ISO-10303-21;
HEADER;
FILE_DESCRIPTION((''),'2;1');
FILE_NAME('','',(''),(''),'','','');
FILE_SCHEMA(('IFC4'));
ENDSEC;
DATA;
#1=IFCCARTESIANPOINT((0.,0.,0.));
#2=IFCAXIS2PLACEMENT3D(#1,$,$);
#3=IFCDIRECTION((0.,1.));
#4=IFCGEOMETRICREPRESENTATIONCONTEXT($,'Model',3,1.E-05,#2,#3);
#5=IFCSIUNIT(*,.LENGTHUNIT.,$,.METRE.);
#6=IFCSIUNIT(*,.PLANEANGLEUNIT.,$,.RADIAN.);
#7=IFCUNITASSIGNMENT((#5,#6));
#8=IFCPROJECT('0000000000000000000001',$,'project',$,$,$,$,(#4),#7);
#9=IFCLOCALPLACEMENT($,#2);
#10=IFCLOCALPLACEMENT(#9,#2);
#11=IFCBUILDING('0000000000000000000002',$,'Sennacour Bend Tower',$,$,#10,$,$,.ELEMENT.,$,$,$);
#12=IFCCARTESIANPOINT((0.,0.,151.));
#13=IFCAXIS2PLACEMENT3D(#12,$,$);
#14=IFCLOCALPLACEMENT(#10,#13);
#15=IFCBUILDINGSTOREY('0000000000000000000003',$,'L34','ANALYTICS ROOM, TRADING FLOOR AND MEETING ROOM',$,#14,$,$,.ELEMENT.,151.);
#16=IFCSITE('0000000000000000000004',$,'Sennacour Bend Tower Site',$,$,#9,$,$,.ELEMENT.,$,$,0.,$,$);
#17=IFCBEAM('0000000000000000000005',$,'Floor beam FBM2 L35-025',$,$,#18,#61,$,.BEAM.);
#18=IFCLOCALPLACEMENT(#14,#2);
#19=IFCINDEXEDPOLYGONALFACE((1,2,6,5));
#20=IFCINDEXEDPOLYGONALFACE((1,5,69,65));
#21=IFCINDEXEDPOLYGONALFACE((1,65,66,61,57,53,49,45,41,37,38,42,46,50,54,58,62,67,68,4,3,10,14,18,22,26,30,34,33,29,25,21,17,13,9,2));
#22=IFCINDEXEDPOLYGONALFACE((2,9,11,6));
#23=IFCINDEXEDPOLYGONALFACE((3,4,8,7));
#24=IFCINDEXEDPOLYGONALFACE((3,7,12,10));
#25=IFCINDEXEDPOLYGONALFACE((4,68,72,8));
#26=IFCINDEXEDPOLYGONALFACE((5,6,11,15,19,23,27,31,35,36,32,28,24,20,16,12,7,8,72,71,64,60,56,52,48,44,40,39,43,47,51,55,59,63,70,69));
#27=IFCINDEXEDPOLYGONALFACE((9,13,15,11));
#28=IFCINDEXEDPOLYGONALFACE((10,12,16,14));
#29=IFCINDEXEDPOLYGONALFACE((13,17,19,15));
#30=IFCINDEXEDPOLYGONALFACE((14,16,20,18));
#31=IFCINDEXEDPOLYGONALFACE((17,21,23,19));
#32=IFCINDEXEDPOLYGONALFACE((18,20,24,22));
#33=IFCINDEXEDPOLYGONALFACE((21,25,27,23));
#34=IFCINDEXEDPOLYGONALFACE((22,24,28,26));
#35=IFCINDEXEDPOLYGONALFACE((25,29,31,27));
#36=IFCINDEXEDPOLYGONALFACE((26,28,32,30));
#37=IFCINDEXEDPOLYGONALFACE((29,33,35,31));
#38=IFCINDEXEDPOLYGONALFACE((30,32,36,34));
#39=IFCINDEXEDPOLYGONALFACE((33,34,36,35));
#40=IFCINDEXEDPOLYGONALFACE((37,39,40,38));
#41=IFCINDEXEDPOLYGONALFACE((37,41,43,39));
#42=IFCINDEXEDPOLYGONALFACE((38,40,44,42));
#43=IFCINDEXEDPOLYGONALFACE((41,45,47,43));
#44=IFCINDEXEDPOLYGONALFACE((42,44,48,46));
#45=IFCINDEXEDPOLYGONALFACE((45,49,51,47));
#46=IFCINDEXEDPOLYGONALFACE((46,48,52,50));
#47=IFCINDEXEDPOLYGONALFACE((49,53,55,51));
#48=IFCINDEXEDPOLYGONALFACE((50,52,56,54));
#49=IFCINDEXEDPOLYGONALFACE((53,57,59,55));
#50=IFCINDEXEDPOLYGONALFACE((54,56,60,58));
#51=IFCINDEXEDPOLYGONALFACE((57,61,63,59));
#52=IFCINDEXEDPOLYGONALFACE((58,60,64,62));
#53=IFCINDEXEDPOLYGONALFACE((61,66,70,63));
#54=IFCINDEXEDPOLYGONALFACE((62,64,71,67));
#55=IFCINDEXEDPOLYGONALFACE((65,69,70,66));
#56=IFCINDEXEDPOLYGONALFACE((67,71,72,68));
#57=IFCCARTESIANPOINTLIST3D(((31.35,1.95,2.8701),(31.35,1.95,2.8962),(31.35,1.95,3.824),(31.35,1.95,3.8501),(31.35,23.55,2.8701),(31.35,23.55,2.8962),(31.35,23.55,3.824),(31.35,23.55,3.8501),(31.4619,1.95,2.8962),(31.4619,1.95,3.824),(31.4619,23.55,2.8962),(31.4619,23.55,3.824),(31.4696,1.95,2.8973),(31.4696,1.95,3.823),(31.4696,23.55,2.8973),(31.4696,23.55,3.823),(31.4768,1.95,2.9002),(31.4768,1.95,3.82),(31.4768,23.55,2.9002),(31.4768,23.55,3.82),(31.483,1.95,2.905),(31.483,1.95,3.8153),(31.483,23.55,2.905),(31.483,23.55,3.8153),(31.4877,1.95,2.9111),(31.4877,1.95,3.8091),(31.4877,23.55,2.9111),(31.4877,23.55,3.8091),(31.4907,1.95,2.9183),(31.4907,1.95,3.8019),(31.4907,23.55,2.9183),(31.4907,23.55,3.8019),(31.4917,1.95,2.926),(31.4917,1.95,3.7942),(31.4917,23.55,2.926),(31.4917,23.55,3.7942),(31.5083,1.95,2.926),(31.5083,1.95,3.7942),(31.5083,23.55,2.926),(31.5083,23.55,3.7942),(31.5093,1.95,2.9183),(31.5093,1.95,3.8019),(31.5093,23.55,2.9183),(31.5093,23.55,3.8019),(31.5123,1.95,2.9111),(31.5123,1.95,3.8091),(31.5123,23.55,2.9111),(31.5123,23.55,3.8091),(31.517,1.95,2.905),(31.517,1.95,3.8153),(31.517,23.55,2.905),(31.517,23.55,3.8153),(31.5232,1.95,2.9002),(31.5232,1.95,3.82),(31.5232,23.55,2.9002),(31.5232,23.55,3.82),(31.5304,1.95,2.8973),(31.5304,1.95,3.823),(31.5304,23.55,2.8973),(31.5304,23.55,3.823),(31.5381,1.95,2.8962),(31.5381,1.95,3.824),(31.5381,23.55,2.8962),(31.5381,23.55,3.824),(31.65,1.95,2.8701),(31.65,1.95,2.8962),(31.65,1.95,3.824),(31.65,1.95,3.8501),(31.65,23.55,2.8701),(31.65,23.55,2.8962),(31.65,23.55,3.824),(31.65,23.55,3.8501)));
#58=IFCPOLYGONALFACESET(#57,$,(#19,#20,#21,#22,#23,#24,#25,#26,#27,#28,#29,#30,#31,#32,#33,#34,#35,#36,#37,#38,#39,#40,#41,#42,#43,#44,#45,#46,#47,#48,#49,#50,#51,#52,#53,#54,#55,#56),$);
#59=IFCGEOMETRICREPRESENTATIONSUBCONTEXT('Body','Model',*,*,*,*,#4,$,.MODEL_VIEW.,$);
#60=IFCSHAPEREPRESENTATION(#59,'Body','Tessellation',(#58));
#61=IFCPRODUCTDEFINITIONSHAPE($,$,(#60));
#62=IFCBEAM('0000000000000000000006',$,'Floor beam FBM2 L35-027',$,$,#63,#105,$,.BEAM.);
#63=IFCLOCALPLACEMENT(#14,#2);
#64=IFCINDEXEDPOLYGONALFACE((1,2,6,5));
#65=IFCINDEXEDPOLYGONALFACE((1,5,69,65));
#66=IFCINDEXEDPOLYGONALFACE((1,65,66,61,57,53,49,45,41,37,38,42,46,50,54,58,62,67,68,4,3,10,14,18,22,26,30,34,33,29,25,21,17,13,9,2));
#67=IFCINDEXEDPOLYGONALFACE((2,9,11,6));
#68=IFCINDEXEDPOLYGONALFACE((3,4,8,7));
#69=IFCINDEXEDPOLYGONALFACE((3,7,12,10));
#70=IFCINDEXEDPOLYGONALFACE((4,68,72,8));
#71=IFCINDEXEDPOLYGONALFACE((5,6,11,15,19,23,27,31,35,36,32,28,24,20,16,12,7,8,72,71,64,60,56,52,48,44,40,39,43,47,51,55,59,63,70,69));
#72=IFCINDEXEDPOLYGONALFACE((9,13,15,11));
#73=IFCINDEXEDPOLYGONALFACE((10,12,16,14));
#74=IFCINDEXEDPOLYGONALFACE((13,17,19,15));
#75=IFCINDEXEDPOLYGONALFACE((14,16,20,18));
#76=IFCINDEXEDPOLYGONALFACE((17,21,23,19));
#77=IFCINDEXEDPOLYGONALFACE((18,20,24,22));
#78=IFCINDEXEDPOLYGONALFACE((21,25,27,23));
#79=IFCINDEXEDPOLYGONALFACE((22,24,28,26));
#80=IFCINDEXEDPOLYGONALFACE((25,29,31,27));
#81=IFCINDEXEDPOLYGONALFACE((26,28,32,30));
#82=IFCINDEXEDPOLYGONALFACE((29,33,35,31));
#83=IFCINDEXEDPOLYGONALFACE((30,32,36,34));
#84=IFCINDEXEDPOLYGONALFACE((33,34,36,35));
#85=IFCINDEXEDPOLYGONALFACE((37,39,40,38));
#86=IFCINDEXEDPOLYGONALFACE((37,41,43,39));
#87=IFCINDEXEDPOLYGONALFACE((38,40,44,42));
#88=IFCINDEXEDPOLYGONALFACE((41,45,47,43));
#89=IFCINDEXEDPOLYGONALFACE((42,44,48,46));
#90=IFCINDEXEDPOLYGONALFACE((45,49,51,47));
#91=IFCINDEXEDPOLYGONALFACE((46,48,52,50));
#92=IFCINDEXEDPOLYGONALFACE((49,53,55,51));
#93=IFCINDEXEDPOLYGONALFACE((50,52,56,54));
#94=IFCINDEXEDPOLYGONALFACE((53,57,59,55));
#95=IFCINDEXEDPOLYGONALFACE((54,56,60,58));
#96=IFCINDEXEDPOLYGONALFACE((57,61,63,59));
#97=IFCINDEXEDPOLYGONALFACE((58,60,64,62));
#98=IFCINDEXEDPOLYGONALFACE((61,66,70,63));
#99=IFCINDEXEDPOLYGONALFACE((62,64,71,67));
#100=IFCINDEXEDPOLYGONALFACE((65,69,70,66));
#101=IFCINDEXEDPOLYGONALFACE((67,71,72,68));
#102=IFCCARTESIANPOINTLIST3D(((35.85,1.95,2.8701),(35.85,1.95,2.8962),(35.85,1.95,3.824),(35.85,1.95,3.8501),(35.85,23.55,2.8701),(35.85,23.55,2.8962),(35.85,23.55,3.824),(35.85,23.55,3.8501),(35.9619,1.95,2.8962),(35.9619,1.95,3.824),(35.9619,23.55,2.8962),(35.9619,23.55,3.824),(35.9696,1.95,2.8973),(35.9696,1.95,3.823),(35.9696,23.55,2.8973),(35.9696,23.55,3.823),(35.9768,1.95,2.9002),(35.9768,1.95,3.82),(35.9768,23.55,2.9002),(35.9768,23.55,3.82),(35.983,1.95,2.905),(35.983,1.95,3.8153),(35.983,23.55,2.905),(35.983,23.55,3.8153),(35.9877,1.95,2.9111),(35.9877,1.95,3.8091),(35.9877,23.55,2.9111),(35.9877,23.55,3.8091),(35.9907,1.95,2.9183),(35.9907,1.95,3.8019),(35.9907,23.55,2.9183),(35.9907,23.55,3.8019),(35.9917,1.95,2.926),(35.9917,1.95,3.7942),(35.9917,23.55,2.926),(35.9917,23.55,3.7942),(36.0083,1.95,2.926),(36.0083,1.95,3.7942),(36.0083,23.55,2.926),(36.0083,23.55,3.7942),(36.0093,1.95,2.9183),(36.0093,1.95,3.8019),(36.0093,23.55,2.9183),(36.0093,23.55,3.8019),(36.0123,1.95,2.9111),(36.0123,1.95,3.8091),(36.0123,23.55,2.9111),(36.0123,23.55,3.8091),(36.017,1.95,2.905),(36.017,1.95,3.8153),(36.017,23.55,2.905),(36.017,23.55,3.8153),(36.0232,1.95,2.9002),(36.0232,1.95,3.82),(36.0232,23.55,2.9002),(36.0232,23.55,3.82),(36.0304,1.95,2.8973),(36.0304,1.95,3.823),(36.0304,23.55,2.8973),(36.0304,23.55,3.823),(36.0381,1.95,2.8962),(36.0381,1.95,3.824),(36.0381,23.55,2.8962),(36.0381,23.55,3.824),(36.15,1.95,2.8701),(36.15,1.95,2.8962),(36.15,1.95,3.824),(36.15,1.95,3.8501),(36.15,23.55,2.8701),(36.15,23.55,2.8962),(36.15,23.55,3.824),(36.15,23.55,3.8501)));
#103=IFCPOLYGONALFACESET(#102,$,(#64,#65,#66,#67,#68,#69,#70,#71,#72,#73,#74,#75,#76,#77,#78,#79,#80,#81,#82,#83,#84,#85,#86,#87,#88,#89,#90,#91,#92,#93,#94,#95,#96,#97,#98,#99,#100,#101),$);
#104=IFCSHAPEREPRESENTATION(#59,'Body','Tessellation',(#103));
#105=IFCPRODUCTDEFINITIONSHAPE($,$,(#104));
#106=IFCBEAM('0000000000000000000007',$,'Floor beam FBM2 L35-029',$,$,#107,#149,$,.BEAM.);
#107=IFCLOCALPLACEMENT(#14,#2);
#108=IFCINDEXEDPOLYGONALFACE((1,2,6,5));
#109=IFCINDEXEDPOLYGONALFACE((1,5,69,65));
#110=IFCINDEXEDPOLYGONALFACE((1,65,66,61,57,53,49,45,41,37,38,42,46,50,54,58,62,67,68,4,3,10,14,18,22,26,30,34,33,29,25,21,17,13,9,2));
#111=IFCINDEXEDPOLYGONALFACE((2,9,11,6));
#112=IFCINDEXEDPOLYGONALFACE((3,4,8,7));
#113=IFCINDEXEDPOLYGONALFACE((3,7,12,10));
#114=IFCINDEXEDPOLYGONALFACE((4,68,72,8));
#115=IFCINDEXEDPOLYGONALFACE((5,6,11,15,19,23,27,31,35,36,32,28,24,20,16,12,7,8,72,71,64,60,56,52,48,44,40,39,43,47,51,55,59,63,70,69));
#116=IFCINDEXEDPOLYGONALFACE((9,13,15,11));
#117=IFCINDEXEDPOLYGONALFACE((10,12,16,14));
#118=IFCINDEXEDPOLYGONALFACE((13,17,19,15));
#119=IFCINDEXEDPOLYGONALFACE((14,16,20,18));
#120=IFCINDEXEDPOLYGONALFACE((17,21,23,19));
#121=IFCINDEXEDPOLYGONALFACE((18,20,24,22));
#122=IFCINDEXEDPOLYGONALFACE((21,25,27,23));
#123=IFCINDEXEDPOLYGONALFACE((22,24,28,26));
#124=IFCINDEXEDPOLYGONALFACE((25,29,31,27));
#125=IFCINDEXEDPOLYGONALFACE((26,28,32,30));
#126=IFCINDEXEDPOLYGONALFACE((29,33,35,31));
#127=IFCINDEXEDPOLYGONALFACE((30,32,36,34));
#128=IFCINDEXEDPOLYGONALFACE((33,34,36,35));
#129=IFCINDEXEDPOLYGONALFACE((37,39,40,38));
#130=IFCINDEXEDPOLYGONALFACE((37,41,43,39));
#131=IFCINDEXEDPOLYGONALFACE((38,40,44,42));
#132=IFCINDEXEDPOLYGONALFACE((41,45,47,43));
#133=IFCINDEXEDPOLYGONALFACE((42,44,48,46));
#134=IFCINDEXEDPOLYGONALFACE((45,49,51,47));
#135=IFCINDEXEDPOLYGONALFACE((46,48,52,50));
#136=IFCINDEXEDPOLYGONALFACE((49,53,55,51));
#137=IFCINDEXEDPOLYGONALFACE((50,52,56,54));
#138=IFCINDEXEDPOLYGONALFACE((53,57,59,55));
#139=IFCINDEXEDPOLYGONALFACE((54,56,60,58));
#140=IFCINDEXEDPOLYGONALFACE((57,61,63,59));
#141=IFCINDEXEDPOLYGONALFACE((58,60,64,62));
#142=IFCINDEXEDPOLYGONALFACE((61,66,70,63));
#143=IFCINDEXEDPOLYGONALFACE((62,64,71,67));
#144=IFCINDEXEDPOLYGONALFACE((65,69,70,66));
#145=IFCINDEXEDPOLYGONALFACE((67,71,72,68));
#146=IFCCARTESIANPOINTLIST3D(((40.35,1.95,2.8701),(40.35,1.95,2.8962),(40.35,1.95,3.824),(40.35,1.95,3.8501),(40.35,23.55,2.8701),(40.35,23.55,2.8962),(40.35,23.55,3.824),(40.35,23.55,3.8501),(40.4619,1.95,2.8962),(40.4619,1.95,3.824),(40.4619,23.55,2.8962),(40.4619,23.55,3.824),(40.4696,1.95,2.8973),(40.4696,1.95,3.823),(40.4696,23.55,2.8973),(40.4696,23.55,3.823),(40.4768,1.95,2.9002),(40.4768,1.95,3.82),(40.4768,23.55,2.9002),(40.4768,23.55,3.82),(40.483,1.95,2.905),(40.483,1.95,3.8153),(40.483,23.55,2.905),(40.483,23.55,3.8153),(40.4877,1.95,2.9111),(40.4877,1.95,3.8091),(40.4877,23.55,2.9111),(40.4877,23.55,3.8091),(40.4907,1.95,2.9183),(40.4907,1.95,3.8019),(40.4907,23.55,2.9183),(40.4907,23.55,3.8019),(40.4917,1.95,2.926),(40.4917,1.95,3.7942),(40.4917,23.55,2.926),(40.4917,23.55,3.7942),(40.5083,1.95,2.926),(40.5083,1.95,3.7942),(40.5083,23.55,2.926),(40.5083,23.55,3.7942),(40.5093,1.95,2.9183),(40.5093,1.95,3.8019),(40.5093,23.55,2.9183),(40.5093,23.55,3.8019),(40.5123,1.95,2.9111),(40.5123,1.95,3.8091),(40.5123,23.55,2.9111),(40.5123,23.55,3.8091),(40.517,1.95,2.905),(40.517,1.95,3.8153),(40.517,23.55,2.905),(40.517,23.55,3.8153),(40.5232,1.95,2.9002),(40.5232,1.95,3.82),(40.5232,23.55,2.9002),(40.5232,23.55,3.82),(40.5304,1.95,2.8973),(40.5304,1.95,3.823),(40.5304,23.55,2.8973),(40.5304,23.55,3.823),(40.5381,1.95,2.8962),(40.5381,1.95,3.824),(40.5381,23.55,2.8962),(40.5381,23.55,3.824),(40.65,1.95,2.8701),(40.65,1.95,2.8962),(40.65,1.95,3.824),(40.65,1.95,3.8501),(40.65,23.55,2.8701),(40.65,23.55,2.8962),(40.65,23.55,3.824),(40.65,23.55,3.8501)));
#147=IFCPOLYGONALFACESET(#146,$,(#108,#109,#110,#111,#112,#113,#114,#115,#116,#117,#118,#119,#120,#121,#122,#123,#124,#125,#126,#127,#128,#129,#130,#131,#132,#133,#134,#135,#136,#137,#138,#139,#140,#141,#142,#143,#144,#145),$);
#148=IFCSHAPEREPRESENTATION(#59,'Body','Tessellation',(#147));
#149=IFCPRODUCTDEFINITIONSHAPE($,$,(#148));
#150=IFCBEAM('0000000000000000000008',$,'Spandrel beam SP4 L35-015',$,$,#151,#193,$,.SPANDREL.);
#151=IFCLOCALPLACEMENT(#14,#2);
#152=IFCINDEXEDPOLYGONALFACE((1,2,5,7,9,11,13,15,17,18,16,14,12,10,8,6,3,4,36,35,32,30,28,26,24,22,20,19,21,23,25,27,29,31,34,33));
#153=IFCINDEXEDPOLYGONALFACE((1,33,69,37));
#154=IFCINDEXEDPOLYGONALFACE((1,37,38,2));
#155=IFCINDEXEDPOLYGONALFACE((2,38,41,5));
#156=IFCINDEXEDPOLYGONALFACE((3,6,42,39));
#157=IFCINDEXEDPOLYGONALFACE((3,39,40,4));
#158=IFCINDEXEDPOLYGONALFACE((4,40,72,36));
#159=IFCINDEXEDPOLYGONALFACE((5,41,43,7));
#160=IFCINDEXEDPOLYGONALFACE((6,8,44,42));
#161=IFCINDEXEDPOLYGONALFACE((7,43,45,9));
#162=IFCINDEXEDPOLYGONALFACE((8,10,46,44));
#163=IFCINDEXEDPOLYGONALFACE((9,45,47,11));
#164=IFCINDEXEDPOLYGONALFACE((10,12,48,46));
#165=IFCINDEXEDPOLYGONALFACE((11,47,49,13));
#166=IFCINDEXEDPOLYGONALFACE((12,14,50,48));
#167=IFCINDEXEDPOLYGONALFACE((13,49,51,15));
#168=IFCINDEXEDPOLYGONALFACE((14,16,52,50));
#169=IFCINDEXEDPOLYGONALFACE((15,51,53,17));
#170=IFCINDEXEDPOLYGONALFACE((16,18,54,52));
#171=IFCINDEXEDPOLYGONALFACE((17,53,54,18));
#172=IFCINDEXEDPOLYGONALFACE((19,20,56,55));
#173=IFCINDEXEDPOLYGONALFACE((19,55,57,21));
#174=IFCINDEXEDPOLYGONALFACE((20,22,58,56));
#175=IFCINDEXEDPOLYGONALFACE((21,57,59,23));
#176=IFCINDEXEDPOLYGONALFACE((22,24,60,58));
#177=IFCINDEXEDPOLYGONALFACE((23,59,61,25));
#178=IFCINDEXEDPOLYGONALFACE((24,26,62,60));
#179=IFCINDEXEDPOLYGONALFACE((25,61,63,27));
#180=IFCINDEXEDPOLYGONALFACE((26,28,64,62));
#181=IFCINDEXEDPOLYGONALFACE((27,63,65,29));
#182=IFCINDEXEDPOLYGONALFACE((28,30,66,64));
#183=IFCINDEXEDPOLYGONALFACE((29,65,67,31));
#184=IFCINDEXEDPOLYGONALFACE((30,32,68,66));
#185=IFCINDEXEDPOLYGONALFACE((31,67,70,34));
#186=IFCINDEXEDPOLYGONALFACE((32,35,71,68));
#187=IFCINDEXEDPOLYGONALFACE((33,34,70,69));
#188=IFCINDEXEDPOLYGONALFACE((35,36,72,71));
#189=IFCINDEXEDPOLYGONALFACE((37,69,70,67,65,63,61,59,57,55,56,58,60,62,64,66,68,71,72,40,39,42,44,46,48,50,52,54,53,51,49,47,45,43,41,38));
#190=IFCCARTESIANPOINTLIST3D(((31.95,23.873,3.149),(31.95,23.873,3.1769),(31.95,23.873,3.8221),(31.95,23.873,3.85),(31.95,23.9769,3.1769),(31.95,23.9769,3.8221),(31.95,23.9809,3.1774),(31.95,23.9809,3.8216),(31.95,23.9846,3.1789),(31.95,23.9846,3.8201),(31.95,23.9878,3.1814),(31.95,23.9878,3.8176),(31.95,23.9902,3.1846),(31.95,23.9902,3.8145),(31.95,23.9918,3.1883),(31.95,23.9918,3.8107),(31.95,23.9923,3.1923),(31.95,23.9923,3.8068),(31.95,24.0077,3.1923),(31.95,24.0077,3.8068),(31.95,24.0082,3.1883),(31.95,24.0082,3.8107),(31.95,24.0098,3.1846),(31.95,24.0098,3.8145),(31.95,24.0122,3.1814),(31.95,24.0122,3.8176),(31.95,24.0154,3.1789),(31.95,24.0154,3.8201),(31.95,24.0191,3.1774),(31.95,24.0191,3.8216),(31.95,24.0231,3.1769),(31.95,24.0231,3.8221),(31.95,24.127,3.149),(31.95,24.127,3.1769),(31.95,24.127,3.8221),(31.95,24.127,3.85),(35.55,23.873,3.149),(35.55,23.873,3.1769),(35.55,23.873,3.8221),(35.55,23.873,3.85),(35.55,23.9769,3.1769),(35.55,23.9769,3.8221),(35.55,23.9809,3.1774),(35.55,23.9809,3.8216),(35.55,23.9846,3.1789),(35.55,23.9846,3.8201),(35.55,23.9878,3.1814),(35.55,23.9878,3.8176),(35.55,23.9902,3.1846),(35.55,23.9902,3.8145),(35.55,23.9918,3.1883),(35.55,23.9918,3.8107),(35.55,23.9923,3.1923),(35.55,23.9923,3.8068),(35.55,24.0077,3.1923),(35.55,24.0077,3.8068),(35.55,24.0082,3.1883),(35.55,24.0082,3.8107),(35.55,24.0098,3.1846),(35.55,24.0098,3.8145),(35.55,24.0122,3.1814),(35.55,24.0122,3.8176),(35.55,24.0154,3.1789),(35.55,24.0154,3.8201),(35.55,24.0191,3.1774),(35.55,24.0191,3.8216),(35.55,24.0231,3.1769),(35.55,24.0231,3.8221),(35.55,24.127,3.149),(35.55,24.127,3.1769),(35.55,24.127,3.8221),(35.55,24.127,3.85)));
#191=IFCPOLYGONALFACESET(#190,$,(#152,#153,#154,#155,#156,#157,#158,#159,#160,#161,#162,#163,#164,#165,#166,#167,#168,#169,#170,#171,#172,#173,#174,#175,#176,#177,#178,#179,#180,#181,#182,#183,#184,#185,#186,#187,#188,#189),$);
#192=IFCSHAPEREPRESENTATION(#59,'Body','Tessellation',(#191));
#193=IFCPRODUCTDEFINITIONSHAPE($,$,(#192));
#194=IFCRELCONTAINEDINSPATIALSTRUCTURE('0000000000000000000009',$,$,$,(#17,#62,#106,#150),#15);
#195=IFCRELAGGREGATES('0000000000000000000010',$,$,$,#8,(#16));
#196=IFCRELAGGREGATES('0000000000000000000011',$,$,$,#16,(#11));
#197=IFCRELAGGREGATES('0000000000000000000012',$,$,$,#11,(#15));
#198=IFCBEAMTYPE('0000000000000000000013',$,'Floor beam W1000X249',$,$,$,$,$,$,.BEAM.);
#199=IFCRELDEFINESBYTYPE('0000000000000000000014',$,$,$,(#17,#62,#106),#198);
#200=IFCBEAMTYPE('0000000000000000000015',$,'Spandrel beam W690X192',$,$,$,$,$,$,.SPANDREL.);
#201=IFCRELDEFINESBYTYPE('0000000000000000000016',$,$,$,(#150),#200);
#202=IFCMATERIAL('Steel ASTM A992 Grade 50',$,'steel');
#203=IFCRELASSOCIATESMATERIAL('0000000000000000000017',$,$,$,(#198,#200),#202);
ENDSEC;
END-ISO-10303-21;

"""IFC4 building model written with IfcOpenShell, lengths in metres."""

from ifc_helpers import new_model, si_unit, direction, frame, origin, origin_2d, place, context, subcontext, project, spatial, i_section, extrude, material, material_profile, profile_set, type_object, element, save


model = new_model("IFC4")

# Units and contexts
model_context = context("Model", 3, precision=1e-05, world=origin(), true_north=direction((0.0, 1.0)))
body_context = subcontext(model_context, "Body", "Model", "MODEL_VIEW")
ifc_project = project(units=[si_unit("LENGTHUNIT", "METRE"), si_unit("PLANEANGLEUNIT", "RADIAN")], contexts=[model_context])

# Site, building, storey
site_placement = place(None, origin())
site = spatial("IfcSite", under=ifc_project, at=site_placement, Name="Sennacour Bend Tower Site", CompositionType="ELEMENT", RefElevation=0.0)
building_placement = place(site_placement, origin())
building = spatial("IfcBuilding", under=site, at=building_placement, Name="Sennacour Bend Tower", CompositionType="ELEMENT")
storey_placement = place(building_placement, frame((0.0, 0.0, 151.0)))
storey = spatial("IfcBuildingStorey", under=building, at=storey_placement, Name="L34", Description="ANALYTICS ROOM, TRADING FLOOR AND MEETING ROOM", CompositionType="ELEMENT", Elevation=151.0)

# Beams
ifc_material_1 = material(Name="Steel ASTM A992 Grade 50", Category="steel")
ifc_material_profile_1 = material_profile(ifc_material_1, i_section(OverallWidth=0.3, OverallDepth=0.98, WebThickness=0.0166, FlangeThickness=0.0261, FilletRadius=0.0298, at=origin_2d()), Name="Steel ASTM A992 Grade 50", Category="steel")
ifc_profile_set_1 = profile_set([ifc_material_profile_1], Name="Steel ASTM A992 Grade 50")
beam_type_1 = type_object("IfcBeamType", Name="Floor beam W1000X249", PredefinedType="BEAM", material=ifc_profile_set_1)
for number, where, z_axis, x_axis, name in (
    (1, (31.5, 1.95, 3.3601), (0.0, 1.0, 0.0), (-1.0, 0.0, 0.0), "Floor beam FBM2 L35-025"),
    (2, (36.0, 1.95, 3.3601), (0.0, 1.0, 0.0), (-1.0, 0.0, 0.0), "Floor beam FBM2 L35-027"),
    (3, (40.5, 1.95, 3.3601), (0.0, 1.0, 0.0), (-1.0, 0.0, 0.0), "Floor beam FBM2 L35-029"),
):
    element("IfcBeam", number, at=place(storey_placement, frame(where, z_axis=z_axis, x_axis=x_axis)), inside=storey, type_object=beam_type_1, Name=name, PredefinedType="BEAM", context=body_context, shape_type="SweptSolid", body=[
        extrude(i_section(OverallWidth=0.3, OverallDepth=0.98, WebThickness=0.0166, FlangeThickness=0.0261, FilletRadius=0.0298, at=origin_2d()), origin(), (0.0, 0.0, 1.0), 21.6001),
    ])
ifc_material_profile_2 = material_profile(ifc_material_1, i_section(OverallWidth=0.2539, OverallDepth=0.7009, WebThickness=0.0154, FlangeThickness=0.0278, FilletRadius=0.0154, at=origin_2d()), Name="Steel ASTM A992 Grade 50", Category="steel")
ifc_profile_set_2 = profile_set([ifc_material_profile_2], Name="Steel ASTM A992 Grade 50")
beam_type_2 = type_object("IfcBeamType", Name="Spandrel beam W690X192", PredefinedType="SPANDREL", material=ifc_profile_set_2)
for number, where, z_axis, x_axis, name in (
    (4, (31.95, 24.0, 3.4995), (1.0, 0.0, 0.0), (0.0, 1.0, 0.0), "Spandrel beam SP4 L35-015"),
):
    element("IfcBeam", number, at=place(storey_placement, frame(where, z_axis=z_axis, x_axis=x_axis)), inside=storey, type_object=beam_type_2, Name=name, PredefinedType="SPANDREL", context=body_context, shape_type="SweptSolid", body=[
        extrude(i_section(OverallWidth=0.2539, OverallDepth=0.7009, WebThickness=0.0154, FlangeThickness=0.0278, FilletRadius=0.0154, at=origin_2d()), origin(), (0.0, 0.0, 1.0), 3.6001),
    ])

save(model, "model.ifc")
